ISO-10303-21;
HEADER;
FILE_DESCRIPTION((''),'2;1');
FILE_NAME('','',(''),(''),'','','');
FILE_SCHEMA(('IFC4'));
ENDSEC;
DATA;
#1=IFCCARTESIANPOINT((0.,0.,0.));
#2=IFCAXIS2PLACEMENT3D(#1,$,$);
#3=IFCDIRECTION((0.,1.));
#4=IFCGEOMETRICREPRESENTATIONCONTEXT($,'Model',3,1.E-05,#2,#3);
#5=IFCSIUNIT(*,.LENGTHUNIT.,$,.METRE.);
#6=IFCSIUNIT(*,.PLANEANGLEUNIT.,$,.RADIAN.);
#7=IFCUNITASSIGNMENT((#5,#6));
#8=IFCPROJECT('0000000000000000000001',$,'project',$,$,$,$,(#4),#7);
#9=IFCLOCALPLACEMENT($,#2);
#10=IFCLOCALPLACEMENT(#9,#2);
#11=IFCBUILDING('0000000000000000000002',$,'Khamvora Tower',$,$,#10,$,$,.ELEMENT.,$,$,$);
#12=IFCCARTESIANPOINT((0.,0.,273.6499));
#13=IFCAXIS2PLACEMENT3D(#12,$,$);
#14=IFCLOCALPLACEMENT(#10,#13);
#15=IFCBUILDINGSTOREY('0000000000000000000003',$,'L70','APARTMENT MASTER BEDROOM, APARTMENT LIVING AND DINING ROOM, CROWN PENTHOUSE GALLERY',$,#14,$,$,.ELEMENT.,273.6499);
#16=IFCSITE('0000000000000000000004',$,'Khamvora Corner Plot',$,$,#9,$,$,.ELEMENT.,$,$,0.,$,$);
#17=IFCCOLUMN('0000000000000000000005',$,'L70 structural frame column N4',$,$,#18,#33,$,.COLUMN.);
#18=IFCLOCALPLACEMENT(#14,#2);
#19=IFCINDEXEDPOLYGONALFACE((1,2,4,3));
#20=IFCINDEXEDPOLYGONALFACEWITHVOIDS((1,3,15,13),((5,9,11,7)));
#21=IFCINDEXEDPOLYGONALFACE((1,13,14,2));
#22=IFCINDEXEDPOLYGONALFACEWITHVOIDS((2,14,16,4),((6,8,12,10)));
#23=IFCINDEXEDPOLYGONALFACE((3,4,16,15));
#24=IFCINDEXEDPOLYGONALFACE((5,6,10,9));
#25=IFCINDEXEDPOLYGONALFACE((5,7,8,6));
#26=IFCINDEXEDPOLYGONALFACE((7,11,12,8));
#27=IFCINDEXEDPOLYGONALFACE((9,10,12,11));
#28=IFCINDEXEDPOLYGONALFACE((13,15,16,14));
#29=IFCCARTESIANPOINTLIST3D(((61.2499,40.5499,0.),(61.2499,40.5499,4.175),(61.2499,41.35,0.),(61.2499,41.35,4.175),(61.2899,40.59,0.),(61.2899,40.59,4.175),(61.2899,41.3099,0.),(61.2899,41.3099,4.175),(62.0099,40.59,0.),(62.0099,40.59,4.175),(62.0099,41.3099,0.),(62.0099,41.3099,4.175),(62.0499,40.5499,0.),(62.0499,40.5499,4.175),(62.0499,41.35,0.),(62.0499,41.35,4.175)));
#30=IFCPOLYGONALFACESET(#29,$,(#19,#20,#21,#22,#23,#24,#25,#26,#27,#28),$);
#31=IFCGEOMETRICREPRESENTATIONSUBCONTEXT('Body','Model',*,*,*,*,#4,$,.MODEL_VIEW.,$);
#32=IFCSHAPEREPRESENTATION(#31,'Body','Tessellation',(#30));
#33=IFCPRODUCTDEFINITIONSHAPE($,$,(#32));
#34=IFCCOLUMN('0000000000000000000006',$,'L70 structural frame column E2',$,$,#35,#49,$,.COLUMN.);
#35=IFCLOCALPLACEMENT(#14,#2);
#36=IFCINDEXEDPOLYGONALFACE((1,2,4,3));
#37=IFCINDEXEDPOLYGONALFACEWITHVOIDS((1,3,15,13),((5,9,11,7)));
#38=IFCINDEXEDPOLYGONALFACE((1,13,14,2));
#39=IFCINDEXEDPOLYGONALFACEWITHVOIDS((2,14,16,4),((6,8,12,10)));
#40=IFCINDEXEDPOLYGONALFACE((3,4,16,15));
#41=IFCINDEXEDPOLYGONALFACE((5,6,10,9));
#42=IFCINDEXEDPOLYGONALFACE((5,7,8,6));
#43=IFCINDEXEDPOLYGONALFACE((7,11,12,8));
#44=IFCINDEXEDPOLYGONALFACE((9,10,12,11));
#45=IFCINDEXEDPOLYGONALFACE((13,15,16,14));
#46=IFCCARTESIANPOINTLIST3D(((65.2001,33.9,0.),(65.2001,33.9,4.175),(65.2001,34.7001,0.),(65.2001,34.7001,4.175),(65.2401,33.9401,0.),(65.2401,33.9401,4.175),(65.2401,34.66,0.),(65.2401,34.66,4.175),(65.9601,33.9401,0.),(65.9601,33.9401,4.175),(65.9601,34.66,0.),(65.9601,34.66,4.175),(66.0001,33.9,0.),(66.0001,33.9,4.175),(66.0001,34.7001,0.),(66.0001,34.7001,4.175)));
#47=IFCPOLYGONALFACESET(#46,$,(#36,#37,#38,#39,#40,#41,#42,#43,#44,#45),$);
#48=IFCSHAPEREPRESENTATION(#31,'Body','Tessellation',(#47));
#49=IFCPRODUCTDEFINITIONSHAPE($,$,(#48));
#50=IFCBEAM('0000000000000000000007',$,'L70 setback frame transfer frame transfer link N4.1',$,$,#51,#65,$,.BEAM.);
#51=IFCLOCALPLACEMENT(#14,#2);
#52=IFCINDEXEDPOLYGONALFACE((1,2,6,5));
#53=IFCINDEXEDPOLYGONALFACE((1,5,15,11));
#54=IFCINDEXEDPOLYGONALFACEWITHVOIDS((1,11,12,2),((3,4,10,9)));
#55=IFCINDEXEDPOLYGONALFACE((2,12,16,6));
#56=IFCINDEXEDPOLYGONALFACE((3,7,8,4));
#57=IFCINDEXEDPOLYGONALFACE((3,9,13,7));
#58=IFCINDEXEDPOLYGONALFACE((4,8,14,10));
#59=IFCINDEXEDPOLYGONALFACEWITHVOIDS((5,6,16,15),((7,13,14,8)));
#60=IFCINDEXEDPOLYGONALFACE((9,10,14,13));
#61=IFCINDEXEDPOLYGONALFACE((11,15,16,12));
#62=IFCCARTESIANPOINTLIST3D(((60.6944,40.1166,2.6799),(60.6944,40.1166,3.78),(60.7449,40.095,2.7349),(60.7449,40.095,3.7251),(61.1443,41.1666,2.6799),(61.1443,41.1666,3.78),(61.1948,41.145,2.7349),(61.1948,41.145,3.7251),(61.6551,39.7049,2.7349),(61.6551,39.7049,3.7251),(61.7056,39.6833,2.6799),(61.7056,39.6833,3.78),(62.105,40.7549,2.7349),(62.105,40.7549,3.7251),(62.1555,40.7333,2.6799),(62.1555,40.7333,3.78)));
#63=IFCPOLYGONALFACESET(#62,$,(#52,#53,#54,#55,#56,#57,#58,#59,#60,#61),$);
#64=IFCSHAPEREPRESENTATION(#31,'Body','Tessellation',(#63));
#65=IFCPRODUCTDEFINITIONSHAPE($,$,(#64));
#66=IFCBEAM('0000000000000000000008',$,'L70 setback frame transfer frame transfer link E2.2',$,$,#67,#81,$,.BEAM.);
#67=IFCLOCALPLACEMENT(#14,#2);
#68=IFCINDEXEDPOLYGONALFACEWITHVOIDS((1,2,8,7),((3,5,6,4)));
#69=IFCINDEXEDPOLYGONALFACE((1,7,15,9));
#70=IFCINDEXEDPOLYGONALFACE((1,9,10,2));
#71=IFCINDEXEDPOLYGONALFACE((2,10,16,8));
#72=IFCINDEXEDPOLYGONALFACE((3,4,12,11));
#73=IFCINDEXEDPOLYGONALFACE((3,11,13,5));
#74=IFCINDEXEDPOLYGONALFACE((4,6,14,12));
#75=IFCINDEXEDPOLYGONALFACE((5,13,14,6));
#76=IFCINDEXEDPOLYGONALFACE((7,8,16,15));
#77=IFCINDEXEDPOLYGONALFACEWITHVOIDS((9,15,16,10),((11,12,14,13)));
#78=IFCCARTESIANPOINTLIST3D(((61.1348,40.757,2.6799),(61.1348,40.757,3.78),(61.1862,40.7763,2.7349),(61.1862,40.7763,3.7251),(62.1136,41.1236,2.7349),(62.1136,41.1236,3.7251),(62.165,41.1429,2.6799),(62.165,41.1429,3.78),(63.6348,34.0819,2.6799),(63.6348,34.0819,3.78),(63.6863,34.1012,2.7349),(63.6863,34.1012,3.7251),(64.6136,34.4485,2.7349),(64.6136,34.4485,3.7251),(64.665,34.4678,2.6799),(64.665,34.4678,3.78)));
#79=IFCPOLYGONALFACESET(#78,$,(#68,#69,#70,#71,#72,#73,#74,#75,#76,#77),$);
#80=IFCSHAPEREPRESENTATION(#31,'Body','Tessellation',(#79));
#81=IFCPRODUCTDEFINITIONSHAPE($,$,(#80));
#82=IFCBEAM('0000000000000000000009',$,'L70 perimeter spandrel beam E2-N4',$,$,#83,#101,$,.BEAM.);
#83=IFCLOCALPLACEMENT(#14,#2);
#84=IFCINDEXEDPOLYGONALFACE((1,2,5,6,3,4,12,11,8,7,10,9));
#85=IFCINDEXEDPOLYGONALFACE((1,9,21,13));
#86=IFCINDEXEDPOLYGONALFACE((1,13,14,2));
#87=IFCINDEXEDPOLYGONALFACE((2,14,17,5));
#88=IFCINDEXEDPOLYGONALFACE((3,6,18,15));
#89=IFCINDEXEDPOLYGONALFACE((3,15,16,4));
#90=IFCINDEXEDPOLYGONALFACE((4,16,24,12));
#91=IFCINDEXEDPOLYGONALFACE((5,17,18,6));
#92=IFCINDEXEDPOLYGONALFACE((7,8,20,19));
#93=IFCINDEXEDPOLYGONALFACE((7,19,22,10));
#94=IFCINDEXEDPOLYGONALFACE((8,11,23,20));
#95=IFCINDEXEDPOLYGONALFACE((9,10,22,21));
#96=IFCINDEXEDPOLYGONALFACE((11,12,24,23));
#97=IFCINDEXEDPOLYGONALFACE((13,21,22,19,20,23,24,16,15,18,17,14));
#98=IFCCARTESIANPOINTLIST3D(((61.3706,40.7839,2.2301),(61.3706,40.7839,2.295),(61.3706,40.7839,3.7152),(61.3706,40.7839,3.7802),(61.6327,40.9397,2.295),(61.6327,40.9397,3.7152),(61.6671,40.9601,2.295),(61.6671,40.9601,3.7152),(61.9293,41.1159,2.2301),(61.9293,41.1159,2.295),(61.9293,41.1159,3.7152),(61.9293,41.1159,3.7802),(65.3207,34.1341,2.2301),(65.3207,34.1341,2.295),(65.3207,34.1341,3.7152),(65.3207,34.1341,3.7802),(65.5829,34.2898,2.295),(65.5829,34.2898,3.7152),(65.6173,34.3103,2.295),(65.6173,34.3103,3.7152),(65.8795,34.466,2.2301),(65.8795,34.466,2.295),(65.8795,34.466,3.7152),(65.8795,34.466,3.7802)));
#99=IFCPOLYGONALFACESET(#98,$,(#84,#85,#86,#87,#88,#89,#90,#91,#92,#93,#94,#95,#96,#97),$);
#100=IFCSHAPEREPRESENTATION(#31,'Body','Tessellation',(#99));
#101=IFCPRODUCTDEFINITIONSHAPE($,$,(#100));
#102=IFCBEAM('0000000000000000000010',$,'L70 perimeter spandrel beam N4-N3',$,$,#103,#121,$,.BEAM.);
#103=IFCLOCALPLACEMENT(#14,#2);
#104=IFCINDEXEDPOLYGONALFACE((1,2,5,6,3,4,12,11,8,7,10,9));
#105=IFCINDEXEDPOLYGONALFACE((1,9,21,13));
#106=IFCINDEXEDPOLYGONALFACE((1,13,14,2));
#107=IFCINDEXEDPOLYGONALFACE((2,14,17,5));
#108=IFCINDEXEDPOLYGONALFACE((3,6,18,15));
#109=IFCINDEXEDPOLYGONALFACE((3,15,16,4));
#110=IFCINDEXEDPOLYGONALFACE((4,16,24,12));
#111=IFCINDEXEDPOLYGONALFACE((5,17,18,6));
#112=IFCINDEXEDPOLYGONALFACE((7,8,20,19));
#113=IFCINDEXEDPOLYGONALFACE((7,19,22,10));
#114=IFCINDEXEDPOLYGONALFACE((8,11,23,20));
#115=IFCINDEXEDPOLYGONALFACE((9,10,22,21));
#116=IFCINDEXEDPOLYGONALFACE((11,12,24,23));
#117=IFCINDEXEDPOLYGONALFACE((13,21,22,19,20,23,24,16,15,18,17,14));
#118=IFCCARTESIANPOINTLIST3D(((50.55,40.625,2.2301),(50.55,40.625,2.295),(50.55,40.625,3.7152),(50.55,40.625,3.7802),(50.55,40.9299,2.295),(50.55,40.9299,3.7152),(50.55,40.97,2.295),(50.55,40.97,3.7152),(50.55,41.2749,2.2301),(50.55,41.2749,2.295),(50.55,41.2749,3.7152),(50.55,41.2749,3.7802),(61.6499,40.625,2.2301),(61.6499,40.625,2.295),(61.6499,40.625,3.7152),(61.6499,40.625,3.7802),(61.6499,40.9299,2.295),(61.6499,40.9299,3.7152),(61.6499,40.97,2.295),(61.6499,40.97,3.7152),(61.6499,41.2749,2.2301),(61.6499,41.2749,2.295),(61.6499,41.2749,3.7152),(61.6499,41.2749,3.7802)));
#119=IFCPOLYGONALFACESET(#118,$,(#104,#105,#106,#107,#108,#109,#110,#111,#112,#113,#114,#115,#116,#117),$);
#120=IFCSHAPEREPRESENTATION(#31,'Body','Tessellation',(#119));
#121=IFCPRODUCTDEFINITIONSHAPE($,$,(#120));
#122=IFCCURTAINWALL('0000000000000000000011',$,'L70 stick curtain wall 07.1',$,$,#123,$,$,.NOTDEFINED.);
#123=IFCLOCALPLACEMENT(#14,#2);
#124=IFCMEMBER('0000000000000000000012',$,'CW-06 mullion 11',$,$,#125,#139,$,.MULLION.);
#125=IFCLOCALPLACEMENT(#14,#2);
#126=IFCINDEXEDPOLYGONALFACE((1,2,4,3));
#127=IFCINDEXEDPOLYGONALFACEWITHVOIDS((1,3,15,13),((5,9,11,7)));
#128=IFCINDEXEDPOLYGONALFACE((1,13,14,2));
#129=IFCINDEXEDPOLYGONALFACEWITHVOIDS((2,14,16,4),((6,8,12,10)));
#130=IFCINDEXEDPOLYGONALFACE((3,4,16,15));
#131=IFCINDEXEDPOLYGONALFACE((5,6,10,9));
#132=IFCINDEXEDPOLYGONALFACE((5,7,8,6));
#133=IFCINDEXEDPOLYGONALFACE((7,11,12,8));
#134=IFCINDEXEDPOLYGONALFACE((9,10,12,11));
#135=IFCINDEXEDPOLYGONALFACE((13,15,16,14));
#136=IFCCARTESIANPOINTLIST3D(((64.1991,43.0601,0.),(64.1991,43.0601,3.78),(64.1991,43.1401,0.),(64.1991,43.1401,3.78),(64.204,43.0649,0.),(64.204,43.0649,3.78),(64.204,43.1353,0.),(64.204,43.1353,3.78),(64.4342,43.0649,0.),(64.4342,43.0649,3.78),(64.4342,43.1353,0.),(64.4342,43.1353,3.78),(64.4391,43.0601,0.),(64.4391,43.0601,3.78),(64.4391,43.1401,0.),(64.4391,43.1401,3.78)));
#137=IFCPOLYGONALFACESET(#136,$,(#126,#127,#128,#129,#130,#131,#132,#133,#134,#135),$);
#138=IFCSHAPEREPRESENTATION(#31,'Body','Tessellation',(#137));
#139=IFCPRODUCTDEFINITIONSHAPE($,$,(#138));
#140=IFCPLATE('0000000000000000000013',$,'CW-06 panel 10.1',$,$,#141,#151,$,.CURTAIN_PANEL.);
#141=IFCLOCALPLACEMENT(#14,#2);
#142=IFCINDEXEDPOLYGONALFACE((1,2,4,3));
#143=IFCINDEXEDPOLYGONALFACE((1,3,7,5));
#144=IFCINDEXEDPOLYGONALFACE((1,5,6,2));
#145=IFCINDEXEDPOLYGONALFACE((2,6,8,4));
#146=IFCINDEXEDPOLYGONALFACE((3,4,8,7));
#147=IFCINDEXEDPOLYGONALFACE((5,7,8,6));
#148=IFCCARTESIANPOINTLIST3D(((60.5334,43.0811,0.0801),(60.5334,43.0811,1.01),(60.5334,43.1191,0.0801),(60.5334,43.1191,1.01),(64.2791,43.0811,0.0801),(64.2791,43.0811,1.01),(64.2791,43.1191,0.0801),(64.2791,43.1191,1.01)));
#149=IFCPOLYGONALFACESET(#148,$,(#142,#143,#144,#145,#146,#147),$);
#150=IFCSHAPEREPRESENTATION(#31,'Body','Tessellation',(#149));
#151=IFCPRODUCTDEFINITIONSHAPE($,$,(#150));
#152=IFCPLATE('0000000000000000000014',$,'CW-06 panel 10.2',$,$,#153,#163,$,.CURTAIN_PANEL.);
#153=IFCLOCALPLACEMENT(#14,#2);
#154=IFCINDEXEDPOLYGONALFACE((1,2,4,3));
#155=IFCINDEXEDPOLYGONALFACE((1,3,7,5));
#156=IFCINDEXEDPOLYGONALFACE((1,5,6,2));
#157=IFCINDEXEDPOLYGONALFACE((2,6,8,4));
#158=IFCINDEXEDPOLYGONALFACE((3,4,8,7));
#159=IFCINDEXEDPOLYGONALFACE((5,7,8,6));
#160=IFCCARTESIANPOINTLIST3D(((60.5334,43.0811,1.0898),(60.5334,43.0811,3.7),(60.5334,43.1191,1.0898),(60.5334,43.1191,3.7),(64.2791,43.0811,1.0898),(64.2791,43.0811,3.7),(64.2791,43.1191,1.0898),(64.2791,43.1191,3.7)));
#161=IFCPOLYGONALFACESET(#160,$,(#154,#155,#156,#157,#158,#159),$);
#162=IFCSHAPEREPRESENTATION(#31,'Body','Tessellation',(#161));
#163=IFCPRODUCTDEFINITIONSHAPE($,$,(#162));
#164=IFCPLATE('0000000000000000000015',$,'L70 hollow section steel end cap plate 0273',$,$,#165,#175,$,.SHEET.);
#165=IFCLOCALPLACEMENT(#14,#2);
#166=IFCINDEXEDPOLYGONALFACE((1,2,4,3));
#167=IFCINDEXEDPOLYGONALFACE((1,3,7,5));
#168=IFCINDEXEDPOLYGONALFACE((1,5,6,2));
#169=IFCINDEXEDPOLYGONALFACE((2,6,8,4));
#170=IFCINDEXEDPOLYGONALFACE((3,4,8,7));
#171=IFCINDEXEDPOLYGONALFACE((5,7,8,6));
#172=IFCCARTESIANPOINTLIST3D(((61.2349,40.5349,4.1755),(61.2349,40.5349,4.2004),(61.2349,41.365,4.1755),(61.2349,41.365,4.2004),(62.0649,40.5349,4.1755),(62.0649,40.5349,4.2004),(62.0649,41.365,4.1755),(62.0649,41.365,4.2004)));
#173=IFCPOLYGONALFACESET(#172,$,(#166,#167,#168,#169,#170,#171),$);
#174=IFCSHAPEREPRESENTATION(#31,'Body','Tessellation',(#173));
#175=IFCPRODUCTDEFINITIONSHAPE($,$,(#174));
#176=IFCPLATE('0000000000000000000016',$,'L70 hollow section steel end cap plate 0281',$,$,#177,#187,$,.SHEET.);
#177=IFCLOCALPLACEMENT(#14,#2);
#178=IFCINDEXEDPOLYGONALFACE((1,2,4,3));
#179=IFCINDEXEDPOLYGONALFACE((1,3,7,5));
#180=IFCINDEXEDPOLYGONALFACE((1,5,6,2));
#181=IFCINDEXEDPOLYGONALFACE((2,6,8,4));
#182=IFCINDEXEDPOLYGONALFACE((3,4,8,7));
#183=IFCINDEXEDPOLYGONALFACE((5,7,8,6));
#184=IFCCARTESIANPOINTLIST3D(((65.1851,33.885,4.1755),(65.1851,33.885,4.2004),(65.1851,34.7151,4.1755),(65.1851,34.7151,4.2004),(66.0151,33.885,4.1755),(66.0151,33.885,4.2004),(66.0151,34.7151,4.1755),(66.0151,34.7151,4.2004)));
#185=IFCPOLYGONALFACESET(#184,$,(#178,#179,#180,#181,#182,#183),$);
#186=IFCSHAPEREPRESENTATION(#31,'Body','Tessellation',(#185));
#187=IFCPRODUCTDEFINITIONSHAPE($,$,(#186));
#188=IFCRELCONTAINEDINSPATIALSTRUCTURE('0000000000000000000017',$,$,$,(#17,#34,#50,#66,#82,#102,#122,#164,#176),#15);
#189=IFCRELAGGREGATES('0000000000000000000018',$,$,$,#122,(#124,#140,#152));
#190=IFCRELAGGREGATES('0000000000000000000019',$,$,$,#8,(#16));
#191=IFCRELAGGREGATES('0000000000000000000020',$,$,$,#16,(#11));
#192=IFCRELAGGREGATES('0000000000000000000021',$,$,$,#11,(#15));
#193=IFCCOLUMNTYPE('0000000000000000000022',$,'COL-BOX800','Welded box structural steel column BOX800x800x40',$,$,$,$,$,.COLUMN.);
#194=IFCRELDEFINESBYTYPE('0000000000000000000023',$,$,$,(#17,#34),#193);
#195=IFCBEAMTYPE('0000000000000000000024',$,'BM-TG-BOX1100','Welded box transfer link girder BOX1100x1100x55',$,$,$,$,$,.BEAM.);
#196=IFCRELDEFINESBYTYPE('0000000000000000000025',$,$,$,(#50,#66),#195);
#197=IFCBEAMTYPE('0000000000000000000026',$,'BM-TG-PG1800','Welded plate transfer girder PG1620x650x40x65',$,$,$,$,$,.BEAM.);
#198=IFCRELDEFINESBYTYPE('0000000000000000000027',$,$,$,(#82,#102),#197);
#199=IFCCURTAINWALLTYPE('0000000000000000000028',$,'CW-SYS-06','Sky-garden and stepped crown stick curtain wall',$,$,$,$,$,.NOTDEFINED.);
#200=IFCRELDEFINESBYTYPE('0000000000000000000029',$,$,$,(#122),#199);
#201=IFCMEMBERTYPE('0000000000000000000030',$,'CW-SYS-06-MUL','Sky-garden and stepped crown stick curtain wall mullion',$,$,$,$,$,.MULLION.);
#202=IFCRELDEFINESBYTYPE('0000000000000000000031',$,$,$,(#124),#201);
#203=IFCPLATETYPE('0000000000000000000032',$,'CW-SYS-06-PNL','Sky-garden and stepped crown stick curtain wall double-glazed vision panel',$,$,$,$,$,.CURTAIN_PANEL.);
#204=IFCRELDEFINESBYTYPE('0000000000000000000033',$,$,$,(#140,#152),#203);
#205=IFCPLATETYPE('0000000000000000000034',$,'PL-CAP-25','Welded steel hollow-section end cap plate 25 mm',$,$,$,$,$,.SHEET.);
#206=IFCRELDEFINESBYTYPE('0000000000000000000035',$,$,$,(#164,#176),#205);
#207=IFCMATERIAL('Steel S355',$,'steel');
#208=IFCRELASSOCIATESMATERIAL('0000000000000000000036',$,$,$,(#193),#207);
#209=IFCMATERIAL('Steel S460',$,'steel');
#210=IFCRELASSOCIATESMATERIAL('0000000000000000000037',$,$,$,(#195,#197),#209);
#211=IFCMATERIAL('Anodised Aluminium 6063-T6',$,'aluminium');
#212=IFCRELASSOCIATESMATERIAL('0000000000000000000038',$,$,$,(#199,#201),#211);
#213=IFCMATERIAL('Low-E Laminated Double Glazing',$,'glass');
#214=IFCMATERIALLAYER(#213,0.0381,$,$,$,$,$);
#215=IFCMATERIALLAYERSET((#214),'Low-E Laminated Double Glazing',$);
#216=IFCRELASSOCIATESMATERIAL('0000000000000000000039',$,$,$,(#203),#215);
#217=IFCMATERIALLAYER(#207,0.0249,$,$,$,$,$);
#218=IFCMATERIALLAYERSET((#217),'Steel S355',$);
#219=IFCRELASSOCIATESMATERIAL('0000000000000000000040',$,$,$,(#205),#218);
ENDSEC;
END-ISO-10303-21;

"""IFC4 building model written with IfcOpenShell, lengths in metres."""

from ifc_helpers import new_model, si_unit, direction, frame, origin, origin_2d, place, context, subcontext, project, spatial, rectangle, hollow_rectangle, i_section, extrude, material, layer, layer_set, material_profile, profile_set, type_object, element, aggregate, save


model = new_model("IFC4")

# Units and contexts
model_context = context("Model", 3, precision=1e-05, world=origin(), true_north=direction((0.0, 1.0)))
body_context = subcontext(model_context, "Body", "Model", "MODEL_VIEW")
ifc_project = project(units=[si_unit("LENGTHUNIT", "METRE"), si_unit("PLANEANGLEUNIT", "RADIAN")], contexts=[model_context])

# Site, building, storey
site_placement = place(None, origin())
site = spatial("IfcSite", under=ifc_project, at=site_placement, Name="Khamvora Corner Plot", CompositionType="ELEMENT", RefElevation=0.0)
building_placement = place(site_placement, origin())
building = spatial("IfcBuilding", under=site, at=building_placement, Name="Khamvora Tower", CompositionType="ELEMENT")
storey_placement = place(building_placement, frame((0.0, 0.0, 273.6499)))
storey = spatial("IfcBuildingStorey", under=building, at=storey_placement, Name="L70", Description="APARTMENT MASTER BEDROOM, APARTMENT LIVING AND DINING ROOM, CROWN PENTHOUSE GALLERY", CompositionType="ELEMENT", Elevation=273.6499)

# Columns
ifc_material_1 = material(Name="Steel S355", Category="steel")
ifc_material_profile_1 = material_profile(ifc_material_1, hollow_rectangle(XDim=0.8, YDim=0.8, WallThickness=0.04, at=origin_2d()), Name="BOX800x800x40")
ifc_profile_set_1 = profile_set([ifc_material_profile_1], Name="Steel S355")
column_type = type_object("IfcColumnType", Name="COL-BOX800", Description="Welded box structural steel column BOX800x800x40", PredefinedType="COLUMN", material=ifc_profile_set_1)
for number, where, z_axis, x_axis, name in (
    (1, (61.6499, 40.95, 0.0), (0.0, 0.0, 1.0), (1.0, 0.0, 0.0), "L70 structural frame column N4"),
    (2, (65.6001, 34.3, 0.0), (0.0, 0.0, 1.0), (1.0, 0.0, 0.0), "L70 structural frame column E2"),
):
    element("IfcColumn", number, at=place(storey_placement, frame(where, z_axis=z_axis, x_axis=x_axis)), inside=storey, type_object=column_type, Name=name, PredefinedType="COLUMN", context=body_context, shape_type="SweptSolid", body=[
        extrude(hollow_rectangle(XDim=0.8, YDim=0.8, WallThickness=0.04, at=origin_2d()), origin(), (0.0, 0.0, 1.0), 4.175),
    ])

# Beams
ifc_material_2 = material(Name="Steel S460", Category="steel")
ifc_material_profile_2 = material_profile(ifc_material_2, hollow_rectangle(XDim=1.1001, YDim=1.1001, WallThickness=0.0549, at=origin_2d()), Name="BOX1100x1100x55")
ifc_profile_set_2 = profile_set([ifc_material_profile_2], Name="Steel S460")
beam_type_1 = type_object("IfcBeamType", Name="BM-TG-BOX1100", Description="Welded box transfer link girder BOX1100x1100x55", PredefinedType="BEAM", material=ifc_profile_set_2)
beam_1_placement = place(storey_placement, frame((61.6499, 40.95, 3.23), z_axis=(-0.393868, -0.919167, 0.0), x_axis=(0.919167, -0.393868, 0.0)))
element("IfcBeam", 3, at=beam_1_placement, inside=storey, type_object=beam_type_1, Name="L70 setback frame transfer frame transfer link N4.1", PredefinedType="BEAM", context=body_context, shape_type="SweptSolid", body=[
    extrude(hollow_rectangle(XDim=1.1001, YDim=1.1001, WallThickness=0.0549, at=origin_2d()), origin(), (0.0, 0.0, 1.0), 1.1423),
])
beam_2_placement = place(storey_placement, frame((61.6499, 40.95, 3.23), z_axis=(0.350737, -0.936474, 0.0), x_axis=(0.936474, 0.350737, 0.0)))
element("IfcBeam", 4, at=beam_2_placement, inside=storey, type_object=beam_type_1, Name="L70 setback frame transfer frame transfer link E2.2", PredefinedType="BEAM", context=body_context, shape_type="SweptSolid", body=[
    extrude(hollow_rectangle(XDim=1.1001, YDim=1.1001, WallThickness=0.0549, at=origin_2d()), origin(), (0.0, 0.0, 1.0), 7.1279),
])
ifc_material_profile_3 = material_profile(ifc_material_2, i_section(OverallWidth=0.6499, OverallDepth=1.55, WebThickness=0.04, FlangeThickness=0.0649, at=origin_2d()), Name="PG1550x650x40x65")
ifc_profile_set_3 = profile_set([ifc_material_profile_3], Name="Steel S460")
beam_type_2 = type_object("IfcBeamType", Name="BM-TG-PG1800", Description="Welded plate transfer girder PG1620x650x40x65", PredefinedType="BEAM", material=ifc_profile_set_3)
beam_3_placement = place(storey_placement, frame((65.6001, 34.3, 3.0051), z_axis=(-0.510712, 0.859752, 0.0), x_axis=(-0.859752, -0.510712, 0.0)))
element("IfcBeam", 5, at=beam_3_placement, inside=storey, type_object=beam_type_2, Name="L70 perimeter spandrel beam E2-N4", PredefinedType="BEAM", context=body_context, shape_type="SweptSolid", body=[
    extrude(i_section(OverallWidth=0.6499, OverallDepth=1.55, WebThickness=0.04, FlangeThickness=0.0649, at=origin_2d()), origin(), (0.0, 0.0, 1.0), 7.7346),
])
beam_4_placement = place(storey_placement, frame((61.6499, 40.95, 3.0051), z_axis=(-1.0, 0.0, 0.0), x_axis=(0.0, -1.0, 0.0)))
element("IfcBeam", 6, at=beam_4_placement, inside=storey, type_object=beam_type_2, Name="L70 perimeter spandrel beam N4-N3", PredefinedType="BEAM", context=body_context, shape_type="SweptSolid", body=[
    extrude(i_section(OverallWidth=0.6499, OverallDepth=1.55, WebThickness=0.04, FlangeThickness=0.0649, at=origin_2d()), origin(), (0.0, 0.0, 1.0), 11.0999),
])

# Curtain wall, member, plates
ifc_material_3 = material(Name="Anodised Aluminium 6063-T6", Category="aluminium")
curtain_wall_type = type_object("IfcCurtainWallType", Name="CW-SYS-06", Description="Sky-garden and stepped crown stick curtain wall", PredefinedType="NOTDEFINED", material=ifc_material_3)
curtain_wall_placement = place(storey_placement, origin())
curtain_wall = element("IfcCurtainWall", 7, at=curtain_wall_placement, inside=storey, type_object=curtain_wall_type, Name="L70 stick curtain wall 07.1", PredefinedType="NOTDEFINED")
ifc_material_profile_4 = material_profile(ifc_material_3, hollow_rectangle(XDim=0.0801, YDim=0.24, WallThickness=0.0049, at=origin_2d()), Name="MUL80x240x5")
ifc_profile_set_4 = profile_set([ifc_material_profile_4], Name="Anodised Aluminium 6063-T6")
member_type = type_object("IfcMemberType", Name="CW-SYS-06-MUL", Description="Sky-garden and stepped crown stick curtain wall mullion", PredefinedType="MULLION", material=ifc_profile_set_4)
member_placement = place(storey_placement, frame((64.3191, 43.1001, 0.0), z_axis=(0.0, 0.0, 1.0), x_axis=(0.0, 1.0, 0.0)))
member = element("IfcMember", 8, at=member_placement, type_object=member_type, Name="CW-06 mullion 11", PredefinedType="MULLION", context=body_context, shape_type="SweptSolid", body=[
    extrude(hollow_rectangle(XDim=0.0801, YDim=0.24, WallThickness=0.0049, at=origin_2d()), origin(), (0.0, 0.0, 1.0), 3.78),
])
ifc_material_4 = material(Name="Low-E Laminated Double Glazing", Category="glass")
ifc_layer_1 = layer(ifc_material_4, 0.0381)
ifc_layer_set_1 = layer_set([ifc_layer_1], Name="Low-E Laminated Double Glazing")
plate_type_1 = type_object("IfcPlateType", Name="CW-SYS-06-PNL", Description="Sky-garden and stepped crown stick curtain wall double-glazed vision panel", PredefinedType="CURTAIN_PANEL", material=ifc_layer_set_1)
plate_1_placement = place(storey_placement, frame((62.4062, 43.1001, 0.0801), z_axis=(0.0, 0.0, 1.0), x_axis=(1.0, 0.0, 0.0)))
plate_1 = element("IfcPlate", 9, at=plate_1_placement, type_object=plate_type_1, Name="CW-06 panel 10.1", PredefinedType="CURTAIN_PANEL", context=body_context, shape_type="SweptSolid", body=[
    extrude(rectangle(XDim=3.7456, YDim=0.0381, at=origin_2d()), origin(), (0.0, 0.0, 1.0), 0.9299),
])
plate_2_placement = place(storey_placement, frame((62.4062, 43.1001, 1.0898), z_axis=(0.0, 0.0, 1.0), x_axis=(1.0, 0.0, 0.0)))
plate_2 = element("IfcPlate", 10, at=plate_2_placement, type_object=plate_type_1, Name="CW-06 panel 10.2", PredefinedType="CURTAIN_PANEL", context=body_context, shape_type="SweptSolid", body=[
    extrude(rectangle(XDim=3.7456, YDim=0.0381, at=origin_2d()), origin(), (0.0, 0.0, 1.0), 2.6101),
])
aggregate(curtain_wall, [member, plate_1, plate_2])

# Plates
ifc_layer_2 = layer(ifc_material_1, 0.0249)
ifc_layer_set_2 = layer_set([ifc_layer_2], Name="Steel S355")
plate_type_2 = type_object("IfcPlateType", Name="PL-CAP-25", Description="Welded steel hollow-section end cap plate 25 mm", PredefinedType="SHEET", material=ifc_layer_set_2)
for number, where, z_axis, x_axis, name in (
    (11, (61.6499, 40.95, 4.1755), (0.0, 0.0, 1.0), (1.0, 0.0, 0.0), "L70 hollow section steel end cap plate 0273"),
    (12, (65.6001, 34.3, 4.1755), (0.0, 0.0, 1.0), (1.0, 0.0, 0.0), "L70 hollow section steel end cap plate 0281"),
):
    element("IfcPlate", number, at=place(storey_placement, frame(where, z_axis=z_axis, x_axis=x_axis)), inside=storey, type_object=plate_type_2, Name=name, PredefinedType="SHEET", context=body_context, shape_type="SweptSolid", body=[
        extrude(rectangle(XDim=0.8301, YDim=0.8301, at=origin_2d()), origin(), (0.0, 0.0, 1.0), 0.0249),
    ])

save(model, "model.ifc")
